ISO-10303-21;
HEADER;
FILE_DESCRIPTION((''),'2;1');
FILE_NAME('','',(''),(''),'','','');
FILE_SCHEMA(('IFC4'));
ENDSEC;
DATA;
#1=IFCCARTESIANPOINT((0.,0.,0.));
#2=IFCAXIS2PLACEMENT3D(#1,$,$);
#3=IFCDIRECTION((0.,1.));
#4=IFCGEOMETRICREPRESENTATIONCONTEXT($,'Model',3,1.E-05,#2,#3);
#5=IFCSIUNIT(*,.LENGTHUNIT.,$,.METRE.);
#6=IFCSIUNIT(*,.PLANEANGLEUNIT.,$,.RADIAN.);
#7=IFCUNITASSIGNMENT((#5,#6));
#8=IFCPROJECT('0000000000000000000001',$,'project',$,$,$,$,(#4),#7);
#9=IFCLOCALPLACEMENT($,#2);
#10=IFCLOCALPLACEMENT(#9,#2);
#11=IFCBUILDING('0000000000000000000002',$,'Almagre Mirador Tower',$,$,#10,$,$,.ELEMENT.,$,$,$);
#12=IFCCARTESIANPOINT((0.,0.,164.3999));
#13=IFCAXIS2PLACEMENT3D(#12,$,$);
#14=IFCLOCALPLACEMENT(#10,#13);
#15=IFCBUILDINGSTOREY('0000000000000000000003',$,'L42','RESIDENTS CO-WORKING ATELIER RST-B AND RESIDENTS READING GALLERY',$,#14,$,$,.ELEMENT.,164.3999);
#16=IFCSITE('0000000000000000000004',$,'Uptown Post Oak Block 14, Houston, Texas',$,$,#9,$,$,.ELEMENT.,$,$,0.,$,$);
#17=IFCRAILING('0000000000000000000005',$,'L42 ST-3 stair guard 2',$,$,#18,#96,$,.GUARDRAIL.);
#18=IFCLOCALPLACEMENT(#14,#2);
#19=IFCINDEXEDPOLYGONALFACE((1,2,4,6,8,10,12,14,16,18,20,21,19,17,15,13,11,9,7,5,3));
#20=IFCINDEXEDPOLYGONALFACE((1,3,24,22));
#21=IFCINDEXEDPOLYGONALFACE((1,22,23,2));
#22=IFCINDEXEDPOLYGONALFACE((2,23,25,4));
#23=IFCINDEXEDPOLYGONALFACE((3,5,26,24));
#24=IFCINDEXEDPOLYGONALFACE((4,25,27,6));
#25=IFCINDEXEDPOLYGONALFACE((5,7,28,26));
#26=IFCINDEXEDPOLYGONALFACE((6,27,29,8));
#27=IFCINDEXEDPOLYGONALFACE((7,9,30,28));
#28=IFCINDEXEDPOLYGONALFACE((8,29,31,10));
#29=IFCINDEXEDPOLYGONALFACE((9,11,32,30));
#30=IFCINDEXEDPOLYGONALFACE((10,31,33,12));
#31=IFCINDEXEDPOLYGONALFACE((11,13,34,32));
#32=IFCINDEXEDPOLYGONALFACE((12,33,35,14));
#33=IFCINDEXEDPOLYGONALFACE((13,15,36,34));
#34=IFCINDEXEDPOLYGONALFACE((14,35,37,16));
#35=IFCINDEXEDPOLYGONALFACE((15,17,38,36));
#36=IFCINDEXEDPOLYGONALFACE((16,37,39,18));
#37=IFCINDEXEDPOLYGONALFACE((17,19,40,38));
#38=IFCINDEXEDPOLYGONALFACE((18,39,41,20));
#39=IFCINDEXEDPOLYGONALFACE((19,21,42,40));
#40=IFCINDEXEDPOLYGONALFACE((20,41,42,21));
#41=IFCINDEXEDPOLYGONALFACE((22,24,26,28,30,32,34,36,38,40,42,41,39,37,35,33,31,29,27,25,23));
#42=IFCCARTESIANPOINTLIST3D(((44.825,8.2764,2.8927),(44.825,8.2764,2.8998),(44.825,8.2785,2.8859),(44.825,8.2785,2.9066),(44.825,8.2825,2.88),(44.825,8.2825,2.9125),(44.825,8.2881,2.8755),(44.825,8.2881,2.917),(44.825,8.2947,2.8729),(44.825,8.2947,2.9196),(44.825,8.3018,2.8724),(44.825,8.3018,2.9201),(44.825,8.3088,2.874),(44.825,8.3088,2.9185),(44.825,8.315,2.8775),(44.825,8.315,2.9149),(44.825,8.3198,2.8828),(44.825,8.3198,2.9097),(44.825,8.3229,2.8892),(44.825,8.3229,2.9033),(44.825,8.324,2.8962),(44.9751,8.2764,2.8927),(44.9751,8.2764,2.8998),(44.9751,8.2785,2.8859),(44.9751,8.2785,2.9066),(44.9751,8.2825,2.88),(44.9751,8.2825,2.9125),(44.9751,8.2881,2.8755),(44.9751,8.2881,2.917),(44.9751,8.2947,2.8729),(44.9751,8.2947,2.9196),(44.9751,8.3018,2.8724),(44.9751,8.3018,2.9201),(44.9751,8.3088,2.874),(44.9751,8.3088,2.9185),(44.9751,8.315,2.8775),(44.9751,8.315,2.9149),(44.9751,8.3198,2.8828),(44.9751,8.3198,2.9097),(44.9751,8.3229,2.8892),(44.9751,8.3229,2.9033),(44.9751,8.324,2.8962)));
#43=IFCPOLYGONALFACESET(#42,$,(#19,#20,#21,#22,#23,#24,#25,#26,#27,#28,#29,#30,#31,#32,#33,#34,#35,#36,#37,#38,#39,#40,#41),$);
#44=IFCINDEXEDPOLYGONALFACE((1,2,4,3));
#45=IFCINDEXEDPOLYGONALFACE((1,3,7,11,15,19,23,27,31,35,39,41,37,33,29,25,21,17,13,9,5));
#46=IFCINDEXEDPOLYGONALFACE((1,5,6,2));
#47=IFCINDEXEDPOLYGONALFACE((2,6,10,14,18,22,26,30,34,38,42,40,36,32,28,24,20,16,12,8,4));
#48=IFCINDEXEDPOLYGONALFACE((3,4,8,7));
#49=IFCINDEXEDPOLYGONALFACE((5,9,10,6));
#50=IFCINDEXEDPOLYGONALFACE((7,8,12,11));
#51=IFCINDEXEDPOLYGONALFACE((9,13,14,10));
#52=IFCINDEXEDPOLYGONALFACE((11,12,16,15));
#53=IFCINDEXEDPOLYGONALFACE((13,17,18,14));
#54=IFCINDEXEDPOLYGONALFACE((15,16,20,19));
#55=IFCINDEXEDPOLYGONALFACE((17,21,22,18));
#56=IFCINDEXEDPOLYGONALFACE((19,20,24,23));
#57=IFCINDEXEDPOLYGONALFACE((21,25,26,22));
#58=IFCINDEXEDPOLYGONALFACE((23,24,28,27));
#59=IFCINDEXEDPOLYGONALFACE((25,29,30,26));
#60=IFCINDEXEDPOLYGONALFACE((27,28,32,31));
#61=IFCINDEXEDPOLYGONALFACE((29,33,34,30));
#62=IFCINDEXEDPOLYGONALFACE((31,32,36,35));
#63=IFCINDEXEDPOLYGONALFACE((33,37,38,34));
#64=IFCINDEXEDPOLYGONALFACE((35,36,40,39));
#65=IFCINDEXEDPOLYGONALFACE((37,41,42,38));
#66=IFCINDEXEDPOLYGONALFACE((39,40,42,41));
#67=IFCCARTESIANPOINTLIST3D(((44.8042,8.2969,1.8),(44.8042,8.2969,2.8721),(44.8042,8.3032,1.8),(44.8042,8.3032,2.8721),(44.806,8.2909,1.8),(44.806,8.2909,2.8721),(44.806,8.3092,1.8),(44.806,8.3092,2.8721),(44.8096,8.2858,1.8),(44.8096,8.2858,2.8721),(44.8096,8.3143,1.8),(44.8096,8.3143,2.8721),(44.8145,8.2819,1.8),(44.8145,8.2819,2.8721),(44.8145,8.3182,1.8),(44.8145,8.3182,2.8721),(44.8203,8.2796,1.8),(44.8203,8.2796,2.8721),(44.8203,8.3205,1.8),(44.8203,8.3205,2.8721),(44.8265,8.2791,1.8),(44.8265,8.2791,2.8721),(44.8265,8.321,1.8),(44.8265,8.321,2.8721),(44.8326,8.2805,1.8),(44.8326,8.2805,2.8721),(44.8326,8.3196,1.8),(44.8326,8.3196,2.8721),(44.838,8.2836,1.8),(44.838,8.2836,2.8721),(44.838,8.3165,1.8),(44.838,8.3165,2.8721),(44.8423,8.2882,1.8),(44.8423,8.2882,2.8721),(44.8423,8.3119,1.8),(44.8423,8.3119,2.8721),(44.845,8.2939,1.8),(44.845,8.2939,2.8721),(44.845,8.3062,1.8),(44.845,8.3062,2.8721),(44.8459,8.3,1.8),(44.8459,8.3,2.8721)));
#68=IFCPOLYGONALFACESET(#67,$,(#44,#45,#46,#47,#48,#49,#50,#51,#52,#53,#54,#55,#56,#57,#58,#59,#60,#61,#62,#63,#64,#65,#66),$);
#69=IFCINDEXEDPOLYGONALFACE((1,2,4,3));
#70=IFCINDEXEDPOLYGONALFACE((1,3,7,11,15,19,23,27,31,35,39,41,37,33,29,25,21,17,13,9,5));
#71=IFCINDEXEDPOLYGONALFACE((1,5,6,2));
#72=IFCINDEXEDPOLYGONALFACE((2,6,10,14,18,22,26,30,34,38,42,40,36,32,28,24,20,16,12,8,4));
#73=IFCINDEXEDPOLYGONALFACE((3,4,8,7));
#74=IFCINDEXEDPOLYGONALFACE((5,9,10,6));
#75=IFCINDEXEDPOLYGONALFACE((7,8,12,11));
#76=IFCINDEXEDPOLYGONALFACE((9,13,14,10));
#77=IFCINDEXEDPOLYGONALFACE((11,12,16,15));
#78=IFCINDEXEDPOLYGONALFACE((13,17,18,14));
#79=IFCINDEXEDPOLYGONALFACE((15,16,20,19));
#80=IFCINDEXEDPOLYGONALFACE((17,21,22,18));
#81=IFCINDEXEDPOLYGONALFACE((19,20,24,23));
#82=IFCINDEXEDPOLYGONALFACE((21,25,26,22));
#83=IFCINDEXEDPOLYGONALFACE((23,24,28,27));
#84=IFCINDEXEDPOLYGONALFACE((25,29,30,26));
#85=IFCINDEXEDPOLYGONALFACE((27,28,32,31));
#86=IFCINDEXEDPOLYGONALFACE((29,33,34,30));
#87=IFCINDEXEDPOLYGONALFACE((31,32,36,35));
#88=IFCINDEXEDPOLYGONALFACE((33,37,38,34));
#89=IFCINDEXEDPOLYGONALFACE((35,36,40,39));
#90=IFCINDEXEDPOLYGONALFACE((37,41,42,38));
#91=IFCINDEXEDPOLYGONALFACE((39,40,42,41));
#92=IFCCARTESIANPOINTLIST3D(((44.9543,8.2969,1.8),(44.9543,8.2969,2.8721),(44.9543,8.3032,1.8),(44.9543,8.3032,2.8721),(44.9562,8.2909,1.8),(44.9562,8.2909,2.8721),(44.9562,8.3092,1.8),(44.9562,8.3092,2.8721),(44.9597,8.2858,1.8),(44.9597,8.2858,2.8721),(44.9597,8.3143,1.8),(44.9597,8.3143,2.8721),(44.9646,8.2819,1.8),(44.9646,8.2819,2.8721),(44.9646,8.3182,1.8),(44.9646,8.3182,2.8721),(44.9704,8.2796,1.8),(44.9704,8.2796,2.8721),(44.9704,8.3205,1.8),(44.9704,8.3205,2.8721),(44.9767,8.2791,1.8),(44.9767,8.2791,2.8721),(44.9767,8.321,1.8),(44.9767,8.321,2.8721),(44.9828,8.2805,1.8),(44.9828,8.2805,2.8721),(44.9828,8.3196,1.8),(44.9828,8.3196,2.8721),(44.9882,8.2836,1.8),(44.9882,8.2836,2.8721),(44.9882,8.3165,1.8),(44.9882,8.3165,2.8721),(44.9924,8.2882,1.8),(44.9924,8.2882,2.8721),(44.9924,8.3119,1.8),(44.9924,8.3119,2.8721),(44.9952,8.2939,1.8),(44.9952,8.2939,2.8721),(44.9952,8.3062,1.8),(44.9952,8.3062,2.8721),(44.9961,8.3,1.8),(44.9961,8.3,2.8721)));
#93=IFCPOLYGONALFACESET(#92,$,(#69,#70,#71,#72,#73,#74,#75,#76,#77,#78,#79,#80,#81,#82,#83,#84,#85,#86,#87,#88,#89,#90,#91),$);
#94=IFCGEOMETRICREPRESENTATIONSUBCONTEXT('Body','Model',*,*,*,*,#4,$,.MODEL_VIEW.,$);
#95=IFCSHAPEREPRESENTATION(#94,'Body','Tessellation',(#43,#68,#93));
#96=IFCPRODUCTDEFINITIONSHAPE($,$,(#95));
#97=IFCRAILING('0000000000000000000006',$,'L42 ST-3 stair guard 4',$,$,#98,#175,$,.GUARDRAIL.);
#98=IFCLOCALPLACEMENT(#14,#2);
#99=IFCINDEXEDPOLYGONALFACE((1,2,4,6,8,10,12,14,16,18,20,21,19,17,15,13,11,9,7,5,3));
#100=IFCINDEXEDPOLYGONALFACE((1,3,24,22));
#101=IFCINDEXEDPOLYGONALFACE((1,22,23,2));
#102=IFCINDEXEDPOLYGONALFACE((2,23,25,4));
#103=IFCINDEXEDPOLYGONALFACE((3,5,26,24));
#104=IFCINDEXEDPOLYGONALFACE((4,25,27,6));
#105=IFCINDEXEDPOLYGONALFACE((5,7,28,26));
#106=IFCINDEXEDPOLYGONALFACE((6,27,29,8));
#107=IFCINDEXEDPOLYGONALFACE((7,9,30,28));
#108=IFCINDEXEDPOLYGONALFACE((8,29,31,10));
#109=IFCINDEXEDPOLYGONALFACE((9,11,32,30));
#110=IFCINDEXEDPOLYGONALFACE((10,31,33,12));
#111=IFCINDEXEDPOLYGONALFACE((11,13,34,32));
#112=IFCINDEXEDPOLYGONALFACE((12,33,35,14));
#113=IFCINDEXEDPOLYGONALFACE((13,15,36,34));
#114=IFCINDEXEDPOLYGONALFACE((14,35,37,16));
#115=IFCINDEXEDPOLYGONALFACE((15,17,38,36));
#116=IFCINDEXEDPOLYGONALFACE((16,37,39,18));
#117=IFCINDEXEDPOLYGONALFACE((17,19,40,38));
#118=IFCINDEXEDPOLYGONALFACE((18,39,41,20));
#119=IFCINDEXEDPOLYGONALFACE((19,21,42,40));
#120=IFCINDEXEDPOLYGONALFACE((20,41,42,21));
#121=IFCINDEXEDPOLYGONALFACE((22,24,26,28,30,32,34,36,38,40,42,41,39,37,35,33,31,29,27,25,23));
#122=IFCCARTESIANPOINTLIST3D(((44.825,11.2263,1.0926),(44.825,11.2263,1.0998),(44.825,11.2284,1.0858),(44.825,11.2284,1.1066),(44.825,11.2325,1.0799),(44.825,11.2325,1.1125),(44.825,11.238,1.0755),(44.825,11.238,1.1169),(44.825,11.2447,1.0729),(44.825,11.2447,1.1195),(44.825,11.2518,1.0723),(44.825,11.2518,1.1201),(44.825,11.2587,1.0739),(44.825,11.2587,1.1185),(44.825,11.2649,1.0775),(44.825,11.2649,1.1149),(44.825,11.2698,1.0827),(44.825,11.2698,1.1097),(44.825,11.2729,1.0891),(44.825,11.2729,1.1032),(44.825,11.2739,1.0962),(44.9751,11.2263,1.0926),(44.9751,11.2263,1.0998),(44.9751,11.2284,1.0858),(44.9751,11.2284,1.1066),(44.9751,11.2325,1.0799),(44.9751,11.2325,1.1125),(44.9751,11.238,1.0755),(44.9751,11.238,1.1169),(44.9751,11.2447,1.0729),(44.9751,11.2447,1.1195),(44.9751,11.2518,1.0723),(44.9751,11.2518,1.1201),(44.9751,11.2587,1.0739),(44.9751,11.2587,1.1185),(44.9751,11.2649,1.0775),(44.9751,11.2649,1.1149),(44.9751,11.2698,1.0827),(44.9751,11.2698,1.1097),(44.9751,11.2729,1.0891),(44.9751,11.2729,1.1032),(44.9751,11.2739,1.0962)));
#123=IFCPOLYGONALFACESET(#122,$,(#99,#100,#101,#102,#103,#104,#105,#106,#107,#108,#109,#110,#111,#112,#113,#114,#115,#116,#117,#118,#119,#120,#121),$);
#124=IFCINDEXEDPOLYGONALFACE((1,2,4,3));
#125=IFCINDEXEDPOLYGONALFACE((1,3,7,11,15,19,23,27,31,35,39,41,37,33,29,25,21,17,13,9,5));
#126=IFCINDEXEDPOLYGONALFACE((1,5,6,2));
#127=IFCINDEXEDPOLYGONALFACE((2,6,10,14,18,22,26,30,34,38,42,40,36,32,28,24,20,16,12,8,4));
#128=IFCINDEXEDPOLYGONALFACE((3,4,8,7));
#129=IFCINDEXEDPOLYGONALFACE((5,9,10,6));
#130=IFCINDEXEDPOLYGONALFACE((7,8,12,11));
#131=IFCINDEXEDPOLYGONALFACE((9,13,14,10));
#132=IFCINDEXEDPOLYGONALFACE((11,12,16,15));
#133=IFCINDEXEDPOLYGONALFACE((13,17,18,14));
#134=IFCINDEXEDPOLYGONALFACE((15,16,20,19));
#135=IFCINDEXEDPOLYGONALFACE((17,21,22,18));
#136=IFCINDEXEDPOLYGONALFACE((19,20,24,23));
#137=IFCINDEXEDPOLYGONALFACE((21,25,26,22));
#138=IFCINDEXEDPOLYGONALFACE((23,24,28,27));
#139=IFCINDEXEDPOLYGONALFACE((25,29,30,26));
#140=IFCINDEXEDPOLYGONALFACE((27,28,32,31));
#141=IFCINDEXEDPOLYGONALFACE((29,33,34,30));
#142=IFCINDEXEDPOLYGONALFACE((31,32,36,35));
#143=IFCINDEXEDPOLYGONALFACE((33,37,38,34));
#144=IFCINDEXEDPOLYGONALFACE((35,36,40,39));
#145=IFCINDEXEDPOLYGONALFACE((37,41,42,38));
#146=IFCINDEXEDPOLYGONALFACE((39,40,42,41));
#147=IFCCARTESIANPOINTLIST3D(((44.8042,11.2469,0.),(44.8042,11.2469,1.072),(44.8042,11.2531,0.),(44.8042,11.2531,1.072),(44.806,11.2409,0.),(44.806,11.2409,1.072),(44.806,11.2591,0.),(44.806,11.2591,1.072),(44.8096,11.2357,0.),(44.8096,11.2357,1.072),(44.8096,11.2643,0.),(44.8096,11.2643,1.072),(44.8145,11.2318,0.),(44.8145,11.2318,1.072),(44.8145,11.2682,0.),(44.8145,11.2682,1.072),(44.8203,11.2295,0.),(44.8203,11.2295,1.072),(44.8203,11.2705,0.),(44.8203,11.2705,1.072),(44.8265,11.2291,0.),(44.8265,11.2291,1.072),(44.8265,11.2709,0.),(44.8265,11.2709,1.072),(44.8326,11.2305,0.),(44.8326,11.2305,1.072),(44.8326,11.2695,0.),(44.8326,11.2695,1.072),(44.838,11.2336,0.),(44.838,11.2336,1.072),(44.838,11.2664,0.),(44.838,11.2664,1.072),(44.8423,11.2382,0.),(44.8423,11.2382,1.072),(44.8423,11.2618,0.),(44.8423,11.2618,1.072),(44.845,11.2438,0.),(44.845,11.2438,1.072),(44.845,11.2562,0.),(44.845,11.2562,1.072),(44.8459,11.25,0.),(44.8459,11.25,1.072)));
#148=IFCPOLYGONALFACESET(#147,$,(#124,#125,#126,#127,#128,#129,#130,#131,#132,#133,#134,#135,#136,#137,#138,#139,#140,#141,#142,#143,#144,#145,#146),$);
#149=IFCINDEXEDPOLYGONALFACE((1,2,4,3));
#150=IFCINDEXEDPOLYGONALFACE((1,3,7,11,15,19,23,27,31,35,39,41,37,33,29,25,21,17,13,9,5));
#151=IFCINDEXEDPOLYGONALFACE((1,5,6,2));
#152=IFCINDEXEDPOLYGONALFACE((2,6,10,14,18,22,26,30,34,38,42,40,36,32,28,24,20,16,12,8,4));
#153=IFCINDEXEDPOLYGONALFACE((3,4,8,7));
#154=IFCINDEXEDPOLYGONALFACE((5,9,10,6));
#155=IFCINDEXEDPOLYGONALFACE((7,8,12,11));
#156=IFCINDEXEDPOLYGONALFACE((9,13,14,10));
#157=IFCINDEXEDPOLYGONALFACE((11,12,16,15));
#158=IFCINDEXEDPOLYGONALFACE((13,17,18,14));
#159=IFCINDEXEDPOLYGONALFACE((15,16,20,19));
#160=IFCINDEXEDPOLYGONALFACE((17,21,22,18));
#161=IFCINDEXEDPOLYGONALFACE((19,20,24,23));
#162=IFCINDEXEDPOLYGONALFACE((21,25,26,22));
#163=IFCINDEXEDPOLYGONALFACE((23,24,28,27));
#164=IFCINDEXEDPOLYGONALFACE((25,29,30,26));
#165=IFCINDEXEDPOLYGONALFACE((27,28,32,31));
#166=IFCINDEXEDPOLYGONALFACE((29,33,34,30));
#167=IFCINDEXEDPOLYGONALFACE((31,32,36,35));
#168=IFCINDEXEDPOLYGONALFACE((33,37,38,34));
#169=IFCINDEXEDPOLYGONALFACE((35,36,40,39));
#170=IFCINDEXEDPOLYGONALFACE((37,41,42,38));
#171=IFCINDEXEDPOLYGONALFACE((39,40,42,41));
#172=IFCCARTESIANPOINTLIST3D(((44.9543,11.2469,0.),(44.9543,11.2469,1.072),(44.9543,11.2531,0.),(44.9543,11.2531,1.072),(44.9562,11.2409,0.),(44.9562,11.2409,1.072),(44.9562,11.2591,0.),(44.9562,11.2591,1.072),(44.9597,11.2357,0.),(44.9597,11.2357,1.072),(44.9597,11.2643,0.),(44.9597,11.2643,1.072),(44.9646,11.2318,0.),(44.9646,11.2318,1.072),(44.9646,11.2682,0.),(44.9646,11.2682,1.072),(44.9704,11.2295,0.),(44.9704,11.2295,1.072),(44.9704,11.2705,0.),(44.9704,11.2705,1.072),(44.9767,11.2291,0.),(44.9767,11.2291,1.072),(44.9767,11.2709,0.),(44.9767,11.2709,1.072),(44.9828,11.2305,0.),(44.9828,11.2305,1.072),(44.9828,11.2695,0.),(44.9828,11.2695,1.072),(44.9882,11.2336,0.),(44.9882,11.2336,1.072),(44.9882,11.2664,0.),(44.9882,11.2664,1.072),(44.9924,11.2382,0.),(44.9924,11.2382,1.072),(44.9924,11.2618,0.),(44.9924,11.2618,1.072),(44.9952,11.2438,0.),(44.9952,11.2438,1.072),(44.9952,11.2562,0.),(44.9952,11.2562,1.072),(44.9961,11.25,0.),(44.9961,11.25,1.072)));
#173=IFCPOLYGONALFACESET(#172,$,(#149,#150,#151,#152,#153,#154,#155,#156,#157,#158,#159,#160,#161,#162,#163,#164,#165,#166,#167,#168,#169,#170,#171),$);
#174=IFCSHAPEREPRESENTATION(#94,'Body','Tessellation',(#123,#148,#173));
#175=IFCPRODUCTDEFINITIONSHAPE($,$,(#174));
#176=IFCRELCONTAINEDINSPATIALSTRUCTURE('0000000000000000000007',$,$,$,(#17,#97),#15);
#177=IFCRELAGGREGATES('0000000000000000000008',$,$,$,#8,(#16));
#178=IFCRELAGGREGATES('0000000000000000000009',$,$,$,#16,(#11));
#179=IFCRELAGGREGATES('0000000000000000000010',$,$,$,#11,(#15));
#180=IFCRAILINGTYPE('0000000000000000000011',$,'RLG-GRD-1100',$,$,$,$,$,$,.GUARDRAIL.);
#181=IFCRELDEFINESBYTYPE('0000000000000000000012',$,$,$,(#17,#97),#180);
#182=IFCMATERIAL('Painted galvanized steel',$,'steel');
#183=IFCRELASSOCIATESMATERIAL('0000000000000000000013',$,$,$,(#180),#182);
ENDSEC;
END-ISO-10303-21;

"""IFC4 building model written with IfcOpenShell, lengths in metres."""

from ifc_helpers import new_model, si_unit, direction, frame, origin, origin_2d, place, context, subcontext, project, spatial, circle, extrude, material, type_object, element, save


model = new_model("IFC4")

# Units and contexts
model_context = context("Model", 3, precision=1e-05, world=origin(), true_north=direction((0.0, 1.0)))
body_context = subcontext(model_context, "Body", "Model", "MODEL_VIEW")
ifc_project = project(units=[si_unit("LENGTHUNIT", "METRE"), si_unit("PLANEANGLEUNIT", "RADIAN")], contexts=[model_context])

# Site, building, storey
site_placement = place(None, origin())
site = spatial("IfcSite", under=ifc_project, at=site_placement, Name="Uptown Post Oak Block 14, Houston, Texas", CompositionType="ELEMENT", RefElevation=0.0)
building_placement = place(site_placement, origin())
building = spatial("IfcBuilding", under=site, at=building_placement, Name="Almagre Mirador Tower", CompositionType="ELEMENT")
storey_placement = place(building_placement, frame((0.0, 0.0, 164.3999)))
storey = spatial("IfcBuildingStorey", under=building, at=storey_placement, Name="L42", Description="RESIDENTS CO-WORKING ATELIER RST-B AND RESIDENTS READING GALLERY", CompositionType="ELEMENT", Elevation=164.3999)

# Railings
ifc_material_1 = material(Name="Painted galvanized steel", Category="steel")
railing_type_1 = type_object("IfcRailingType", Name="RLG-GRD-1100", PredefinedType="GUARDRAIL", material=ifc_material_1)
for number, where, name in (
    (1, (44.825, 8.3, 1.8), "L42 ST-3 stair guard 2"),
    (2, (44.825, 11.25, 0.0), "L42 ST-3 stair guard 4"),
):
    element("IfcRailing", number, at=place(storey_placement, frame(where)), inside=storey, type_object=railing_type_1, Name=name, PredefinedType="GUARDRAIL", context=body_context, shape_type="SweptSolid", body=[
        extrude(circle(Radius=0.0239, at=origin_2d()), frame((0.0, 0.0, 1.0962), z_axis=(1.0, 0.0, 0.0), x_axis=(0.0, 1.0, 0.0)), (0.0, 0.0, 1.0), 0.1501),
        extrude(circle(Radius=0.021, at=origin_2d()), origin(), (0.0, 0.0, 1.0), 1.072),
        extrude(circle(Radius=0.021, at=origin_2d()), frame((0.1501, 0.0, 0.0)), (0.0, 0.0, 1.0), 1.072),
    ])

save(model, "model.ifc")
